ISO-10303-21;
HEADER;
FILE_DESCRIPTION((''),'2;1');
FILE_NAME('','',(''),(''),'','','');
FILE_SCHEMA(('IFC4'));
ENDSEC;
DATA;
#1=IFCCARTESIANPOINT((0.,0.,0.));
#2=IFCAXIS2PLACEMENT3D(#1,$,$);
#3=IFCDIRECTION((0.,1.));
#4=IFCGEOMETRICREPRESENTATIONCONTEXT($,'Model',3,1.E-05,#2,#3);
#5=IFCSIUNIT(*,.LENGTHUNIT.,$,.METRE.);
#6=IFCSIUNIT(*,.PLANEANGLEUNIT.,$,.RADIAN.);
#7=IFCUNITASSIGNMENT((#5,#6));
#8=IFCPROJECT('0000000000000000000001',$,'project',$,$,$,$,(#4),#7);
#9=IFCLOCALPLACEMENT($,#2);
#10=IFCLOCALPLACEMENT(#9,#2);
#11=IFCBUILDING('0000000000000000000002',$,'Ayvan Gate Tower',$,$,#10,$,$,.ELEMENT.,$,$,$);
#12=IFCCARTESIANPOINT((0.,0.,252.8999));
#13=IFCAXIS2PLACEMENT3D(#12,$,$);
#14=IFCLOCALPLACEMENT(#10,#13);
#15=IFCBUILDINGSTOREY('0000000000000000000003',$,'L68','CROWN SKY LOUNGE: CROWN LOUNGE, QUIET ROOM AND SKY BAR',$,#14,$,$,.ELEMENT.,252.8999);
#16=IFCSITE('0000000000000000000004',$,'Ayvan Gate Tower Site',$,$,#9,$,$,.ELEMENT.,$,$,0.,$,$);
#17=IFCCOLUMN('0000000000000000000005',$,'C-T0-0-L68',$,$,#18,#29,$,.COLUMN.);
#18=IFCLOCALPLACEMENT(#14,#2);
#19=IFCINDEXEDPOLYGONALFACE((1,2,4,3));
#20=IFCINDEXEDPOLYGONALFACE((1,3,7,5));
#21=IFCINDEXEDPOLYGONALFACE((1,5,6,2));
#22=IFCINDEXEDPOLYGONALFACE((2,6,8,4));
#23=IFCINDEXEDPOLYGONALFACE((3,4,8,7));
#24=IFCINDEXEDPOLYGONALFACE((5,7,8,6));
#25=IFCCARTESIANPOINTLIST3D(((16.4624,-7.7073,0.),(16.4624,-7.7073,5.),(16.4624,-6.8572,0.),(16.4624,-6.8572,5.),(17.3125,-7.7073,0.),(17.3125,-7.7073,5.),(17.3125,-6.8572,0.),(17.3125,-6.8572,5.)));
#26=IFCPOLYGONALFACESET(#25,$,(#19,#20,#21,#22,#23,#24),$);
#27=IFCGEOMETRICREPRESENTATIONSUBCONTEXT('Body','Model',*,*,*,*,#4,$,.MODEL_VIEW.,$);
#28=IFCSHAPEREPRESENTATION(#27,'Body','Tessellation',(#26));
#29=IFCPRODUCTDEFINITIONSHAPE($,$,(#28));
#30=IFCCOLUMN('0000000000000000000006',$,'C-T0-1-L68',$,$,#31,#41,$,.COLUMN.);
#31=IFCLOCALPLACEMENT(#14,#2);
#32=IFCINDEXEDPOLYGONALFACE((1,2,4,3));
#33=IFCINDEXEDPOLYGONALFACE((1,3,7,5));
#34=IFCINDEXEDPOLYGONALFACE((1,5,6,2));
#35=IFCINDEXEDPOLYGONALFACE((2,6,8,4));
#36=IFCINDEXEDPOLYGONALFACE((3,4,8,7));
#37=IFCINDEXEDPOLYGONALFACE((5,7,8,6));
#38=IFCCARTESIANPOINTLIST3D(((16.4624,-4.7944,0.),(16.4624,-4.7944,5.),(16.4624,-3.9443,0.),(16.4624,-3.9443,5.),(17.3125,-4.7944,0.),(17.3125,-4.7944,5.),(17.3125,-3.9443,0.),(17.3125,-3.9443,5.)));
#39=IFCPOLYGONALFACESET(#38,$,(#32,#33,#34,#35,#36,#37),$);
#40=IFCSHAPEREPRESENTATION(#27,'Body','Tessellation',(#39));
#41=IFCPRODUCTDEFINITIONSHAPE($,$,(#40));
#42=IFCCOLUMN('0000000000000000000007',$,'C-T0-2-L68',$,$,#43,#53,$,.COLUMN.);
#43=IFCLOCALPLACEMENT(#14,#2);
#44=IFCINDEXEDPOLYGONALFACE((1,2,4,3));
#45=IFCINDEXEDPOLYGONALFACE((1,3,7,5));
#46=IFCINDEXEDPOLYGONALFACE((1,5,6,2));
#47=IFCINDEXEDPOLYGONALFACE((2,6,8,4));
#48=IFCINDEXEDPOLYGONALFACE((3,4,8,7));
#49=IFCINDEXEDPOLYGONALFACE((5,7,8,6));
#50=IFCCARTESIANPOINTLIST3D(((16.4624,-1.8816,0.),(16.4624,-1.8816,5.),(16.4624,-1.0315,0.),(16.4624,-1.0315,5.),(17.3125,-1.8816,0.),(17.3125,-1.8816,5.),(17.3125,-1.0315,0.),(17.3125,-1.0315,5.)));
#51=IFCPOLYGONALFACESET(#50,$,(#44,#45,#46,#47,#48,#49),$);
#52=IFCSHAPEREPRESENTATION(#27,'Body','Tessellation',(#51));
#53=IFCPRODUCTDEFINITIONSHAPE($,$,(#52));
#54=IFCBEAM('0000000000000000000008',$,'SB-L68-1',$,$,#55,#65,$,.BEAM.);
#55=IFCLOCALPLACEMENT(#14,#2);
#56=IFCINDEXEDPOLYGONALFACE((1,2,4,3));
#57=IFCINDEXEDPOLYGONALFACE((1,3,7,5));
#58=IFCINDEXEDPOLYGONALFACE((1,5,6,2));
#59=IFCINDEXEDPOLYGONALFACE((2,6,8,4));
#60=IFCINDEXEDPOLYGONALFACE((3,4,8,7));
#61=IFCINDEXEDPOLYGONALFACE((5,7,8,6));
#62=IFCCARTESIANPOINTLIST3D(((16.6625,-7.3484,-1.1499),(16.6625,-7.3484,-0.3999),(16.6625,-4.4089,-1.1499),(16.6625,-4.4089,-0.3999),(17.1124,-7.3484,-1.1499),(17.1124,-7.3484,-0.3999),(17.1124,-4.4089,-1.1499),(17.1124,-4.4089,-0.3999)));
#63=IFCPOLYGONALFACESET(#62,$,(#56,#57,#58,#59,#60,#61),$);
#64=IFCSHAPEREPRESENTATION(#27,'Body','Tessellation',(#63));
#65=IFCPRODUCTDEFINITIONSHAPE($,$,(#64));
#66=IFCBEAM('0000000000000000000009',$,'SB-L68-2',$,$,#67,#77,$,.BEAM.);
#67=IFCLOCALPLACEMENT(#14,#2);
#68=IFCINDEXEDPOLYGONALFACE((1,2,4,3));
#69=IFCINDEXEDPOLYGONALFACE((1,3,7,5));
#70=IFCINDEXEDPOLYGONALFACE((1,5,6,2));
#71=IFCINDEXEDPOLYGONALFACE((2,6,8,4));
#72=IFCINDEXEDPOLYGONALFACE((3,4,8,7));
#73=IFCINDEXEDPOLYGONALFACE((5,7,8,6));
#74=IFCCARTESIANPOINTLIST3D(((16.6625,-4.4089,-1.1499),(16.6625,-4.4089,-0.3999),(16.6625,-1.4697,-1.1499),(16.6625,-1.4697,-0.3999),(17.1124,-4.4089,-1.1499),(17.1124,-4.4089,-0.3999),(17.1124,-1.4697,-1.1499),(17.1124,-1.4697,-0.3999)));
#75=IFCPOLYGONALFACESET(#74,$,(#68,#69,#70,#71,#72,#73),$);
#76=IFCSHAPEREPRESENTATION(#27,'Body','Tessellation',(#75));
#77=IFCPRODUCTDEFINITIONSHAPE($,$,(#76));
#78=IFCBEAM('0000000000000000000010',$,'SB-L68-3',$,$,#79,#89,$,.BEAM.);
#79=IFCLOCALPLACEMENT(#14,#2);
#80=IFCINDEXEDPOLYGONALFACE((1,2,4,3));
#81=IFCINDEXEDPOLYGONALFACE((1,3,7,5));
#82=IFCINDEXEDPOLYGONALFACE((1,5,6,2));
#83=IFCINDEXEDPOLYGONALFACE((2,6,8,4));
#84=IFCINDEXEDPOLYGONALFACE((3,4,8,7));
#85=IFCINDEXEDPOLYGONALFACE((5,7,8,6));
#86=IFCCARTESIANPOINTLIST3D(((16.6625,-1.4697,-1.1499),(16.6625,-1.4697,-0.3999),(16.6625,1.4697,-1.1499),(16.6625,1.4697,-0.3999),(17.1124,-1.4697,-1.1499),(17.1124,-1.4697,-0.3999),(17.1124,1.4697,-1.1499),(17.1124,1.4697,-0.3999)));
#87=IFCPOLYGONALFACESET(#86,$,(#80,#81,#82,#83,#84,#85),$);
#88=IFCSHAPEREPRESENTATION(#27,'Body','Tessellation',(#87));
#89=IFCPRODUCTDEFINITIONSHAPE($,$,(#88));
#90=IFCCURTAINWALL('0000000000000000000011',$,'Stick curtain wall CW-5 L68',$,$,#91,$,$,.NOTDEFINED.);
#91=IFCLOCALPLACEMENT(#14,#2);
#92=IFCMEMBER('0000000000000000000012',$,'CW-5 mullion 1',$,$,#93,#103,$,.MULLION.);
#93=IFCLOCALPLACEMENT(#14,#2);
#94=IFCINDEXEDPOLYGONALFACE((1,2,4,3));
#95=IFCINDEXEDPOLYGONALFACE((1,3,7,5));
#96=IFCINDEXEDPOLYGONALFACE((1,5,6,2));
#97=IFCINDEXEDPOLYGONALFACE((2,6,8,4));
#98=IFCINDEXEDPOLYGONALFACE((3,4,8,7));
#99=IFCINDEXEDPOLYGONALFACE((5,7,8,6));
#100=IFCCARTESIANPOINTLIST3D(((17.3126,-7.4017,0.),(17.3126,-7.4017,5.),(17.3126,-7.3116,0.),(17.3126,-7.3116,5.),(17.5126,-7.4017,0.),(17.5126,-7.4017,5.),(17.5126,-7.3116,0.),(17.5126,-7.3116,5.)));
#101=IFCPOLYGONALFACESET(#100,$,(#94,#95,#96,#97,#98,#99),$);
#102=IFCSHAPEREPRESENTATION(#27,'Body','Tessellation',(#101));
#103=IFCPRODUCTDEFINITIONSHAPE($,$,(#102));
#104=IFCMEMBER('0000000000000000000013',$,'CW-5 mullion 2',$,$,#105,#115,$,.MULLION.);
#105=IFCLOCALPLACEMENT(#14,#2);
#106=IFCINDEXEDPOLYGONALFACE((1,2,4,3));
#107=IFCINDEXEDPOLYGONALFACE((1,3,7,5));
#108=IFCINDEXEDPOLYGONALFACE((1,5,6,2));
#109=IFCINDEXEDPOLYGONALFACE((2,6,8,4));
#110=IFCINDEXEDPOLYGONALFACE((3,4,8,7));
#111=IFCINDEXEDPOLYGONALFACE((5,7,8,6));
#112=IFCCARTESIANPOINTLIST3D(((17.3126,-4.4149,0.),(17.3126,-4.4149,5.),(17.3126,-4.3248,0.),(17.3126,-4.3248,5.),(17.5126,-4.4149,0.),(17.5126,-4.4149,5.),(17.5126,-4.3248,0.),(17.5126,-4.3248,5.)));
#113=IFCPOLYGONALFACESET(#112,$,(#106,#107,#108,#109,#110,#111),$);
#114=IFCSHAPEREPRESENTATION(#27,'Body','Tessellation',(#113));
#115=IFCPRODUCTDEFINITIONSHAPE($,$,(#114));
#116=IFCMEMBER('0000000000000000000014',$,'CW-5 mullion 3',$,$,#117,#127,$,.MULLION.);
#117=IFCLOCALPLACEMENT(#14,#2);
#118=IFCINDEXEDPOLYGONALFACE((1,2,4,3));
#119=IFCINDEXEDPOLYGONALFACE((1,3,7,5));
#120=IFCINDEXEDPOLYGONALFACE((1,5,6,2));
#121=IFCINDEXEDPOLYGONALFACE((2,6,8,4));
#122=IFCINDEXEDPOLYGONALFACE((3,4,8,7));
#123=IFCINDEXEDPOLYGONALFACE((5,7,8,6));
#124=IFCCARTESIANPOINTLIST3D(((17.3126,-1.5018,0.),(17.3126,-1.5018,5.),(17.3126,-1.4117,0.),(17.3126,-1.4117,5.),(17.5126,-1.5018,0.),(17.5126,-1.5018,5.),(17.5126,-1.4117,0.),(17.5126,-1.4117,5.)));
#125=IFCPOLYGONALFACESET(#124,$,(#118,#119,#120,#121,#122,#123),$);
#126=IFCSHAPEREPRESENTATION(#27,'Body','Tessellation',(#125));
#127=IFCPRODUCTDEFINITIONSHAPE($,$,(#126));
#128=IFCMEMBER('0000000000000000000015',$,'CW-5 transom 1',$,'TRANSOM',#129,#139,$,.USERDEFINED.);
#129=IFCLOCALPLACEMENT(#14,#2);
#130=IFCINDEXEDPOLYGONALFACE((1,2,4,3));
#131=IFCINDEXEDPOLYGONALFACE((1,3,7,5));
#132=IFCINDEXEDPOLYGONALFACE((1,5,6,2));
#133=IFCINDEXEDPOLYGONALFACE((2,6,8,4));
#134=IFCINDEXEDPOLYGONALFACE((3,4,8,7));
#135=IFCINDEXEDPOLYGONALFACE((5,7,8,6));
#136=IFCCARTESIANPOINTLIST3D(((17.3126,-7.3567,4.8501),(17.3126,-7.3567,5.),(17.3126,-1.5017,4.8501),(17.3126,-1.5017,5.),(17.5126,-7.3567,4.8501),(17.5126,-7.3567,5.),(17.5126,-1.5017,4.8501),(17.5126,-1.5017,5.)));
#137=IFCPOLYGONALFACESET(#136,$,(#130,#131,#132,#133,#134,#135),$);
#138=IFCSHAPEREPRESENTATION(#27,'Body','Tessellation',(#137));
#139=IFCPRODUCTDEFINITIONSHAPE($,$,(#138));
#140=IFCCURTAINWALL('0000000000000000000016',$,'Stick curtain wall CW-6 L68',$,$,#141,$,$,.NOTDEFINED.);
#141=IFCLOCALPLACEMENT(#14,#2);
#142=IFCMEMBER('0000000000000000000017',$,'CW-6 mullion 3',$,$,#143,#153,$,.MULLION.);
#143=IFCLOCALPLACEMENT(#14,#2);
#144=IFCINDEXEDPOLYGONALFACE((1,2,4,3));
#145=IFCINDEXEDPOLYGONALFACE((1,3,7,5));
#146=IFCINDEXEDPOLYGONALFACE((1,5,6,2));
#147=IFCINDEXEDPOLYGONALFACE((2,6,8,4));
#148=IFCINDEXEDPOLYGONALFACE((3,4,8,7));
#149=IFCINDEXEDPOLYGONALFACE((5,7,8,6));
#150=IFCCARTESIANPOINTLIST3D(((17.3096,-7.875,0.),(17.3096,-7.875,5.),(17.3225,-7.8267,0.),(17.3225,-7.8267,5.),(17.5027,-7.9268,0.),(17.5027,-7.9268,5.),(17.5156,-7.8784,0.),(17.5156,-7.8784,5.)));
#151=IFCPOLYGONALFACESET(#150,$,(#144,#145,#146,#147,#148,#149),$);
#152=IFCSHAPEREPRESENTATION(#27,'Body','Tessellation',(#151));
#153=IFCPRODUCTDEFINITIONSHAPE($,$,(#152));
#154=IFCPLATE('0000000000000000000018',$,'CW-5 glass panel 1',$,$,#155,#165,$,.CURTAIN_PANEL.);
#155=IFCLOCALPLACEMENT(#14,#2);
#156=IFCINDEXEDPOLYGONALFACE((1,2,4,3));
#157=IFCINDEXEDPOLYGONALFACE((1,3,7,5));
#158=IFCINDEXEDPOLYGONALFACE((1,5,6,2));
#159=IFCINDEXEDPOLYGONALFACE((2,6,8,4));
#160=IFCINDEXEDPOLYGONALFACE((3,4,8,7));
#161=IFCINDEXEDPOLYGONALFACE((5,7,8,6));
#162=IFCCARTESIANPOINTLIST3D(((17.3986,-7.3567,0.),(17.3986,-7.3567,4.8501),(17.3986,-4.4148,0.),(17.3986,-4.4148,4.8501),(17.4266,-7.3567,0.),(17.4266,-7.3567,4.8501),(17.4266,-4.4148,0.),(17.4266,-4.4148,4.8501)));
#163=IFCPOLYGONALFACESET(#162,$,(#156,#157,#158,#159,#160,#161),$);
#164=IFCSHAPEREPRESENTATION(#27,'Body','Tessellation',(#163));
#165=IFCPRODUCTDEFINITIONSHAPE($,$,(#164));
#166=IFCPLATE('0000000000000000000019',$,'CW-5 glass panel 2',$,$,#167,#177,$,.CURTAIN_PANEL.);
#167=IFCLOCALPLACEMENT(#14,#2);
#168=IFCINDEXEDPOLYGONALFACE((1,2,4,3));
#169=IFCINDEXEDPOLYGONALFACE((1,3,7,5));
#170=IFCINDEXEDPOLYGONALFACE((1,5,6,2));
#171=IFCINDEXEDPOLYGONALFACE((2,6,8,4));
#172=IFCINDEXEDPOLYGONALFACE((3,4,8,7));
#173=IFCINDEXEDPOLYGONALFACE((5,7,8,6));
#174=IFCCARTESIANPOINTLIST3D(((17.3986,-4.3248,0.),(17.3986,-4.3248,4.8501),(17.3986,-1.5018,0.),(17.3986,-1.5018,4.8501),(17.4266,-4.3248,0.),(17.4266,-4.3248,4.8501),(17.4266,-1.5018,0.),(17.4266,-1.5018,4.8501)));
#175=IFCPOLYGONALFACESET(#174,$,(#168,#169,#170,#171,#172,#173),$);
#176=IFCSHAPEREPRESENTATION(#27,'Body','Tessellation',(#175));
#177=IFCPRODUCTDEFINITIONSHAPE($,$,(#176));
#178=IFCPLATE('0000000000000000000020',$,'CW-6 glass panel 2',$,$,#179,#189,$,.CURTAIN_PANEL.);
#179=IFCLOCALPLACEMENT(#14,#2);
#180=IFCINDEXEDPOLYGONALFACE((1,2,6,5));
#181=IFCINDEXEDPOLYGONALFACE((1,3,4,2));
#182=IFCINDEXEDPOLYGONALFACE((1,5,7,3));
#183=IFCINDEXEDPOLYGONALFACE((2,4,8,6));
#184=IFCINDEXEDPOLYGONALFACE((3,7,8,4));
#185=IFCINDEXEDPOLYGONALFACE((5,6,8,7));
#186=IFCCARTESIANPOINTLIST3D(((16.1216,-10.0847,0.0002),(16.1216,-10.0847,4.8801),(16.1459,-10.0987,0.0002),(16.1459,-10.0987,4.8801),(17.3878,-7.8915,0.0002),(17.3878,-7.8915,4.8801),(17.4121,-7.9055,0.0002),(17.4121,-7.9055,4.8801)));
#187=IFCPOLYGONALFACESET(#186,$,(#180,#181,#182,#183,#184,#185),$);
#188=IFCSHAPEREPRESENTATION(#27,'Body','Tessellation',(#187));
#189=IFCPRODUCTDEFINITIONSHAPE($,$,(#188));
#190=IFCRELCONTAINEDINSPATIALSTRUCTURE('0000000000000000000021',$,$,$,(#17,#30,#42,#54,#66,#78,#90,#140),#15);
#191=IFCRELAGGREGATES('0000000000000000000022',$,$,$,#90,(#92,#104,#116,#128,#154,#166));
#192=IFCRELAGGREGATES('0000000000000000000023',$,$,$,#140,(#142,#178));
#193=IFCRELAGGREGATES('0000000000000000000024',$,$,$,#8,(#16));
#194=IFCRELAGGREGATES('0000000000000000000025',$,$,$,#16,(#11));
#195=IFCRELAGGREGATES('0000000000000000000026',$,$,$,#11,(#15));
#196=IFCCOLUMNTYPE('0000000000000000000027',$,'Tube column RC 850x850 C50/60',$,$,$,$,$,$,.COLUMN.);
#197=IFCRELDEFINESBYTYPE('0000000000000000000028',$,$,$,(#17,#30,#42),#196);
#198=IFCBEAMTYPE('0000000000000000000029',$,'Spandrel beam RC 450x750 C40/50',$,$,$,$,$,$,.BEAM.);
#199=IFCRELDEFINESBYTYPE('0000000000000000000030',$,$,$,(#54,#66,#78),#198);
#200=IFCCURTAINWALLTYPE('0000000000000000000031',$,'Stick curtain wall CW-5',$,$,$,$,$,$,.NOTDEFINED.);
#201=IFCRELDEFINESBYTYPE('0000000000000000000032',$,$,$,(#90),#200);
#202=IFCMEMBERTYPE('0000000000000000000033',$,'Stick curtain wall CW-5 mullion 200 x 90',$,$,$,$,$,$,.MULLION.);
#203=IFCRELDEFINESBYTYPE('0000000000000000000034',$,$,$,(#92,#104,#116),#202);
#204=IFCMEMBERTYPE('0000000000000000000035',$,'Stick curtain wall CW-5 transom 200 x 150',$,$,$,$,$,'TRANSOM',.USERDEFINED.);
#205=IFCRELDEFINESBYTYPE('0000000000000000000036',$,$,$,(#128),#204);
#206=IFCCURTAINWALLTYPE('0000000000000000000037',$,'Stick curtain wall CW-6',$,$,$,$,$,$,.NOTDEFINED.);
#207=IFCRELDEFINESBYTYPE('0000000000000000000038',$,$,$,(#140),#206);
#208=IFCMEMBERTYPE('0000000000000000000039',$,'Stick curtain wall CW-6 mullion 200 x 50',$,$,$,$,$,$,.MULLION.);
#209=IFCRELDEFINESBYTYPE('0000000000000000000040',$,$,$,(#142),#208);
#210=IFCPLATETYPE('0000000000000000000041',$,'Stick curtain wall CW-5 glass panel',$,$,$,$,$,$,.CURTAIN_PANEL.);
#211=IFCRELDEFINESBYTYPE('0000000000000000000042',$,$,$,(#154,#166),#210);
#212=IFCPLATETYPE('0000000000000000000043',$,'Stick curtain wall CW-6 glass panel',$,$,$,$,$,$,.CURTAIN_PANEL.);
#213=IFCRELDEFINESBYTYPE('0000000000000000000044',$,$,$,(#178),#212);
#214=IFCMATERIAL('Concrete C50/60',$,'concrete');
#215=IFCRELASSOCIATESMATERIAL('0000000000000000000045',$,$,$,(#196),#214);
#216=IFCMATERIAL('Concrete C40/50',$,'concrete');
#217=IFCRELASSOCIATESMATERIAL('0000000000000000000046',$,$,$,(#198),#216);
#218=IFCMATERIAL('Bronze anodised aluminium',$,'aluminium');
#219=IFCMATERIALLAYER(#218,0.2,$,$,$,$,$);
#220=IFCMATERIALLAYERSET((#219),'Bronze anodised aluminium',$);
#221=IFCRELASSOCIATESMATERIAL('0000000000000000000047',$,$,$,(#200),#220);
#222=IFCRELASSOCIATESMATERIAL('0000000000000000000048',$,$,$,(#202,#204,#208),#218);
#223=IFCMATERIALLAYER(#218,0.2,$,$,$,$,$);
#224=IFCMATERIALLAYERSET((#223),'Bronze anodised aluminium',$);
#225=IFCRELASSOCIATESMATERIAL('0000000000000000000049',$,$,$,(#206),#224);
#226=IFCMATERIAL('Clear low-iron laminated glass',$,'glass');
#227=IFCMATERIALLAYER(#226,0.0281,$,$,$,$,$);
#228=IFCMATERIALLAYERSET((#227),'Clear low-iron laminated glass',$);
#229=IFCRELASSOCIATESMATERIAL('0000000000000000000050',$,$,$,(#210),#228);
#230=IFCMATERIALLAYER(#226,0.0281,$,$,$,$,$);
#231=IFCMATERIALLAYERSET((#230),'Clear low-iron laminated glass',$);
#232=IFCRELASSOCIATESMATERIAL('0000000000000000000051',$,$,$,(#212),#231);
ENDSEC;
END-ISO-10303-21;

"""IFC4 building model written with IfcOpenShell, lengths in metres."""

from ifc_helpers import new_model, si_unit, direction, frame, origin, origin_2d, place, context, subcontext, project, spatial, rectangle, extrude, material, layer, layer_set, material_profile, profile_set, type_object, element, aggregate, save


model = new_model("IFC4")

# Units and contexts
model_context = context("Model", 3, precision=1e-05, world=origin(), true_north=direction((0.0, 1.0)))
body_context = subcontext(model_context, "Body", "Model", "MODEL_VIEW")
ifc_project = project(units=[si_unit("LENGTHUNIT", "METRE"), si_unit("PLANEANGLEUNIT", "RADIAN")], contexts=[model_context])

# Site, building, storey
site_placement = place(None, origin())
site = spatial("IfcSite", under=ifc_project, at=site_placement, Name="Ayvan Gate Tower Site", CompositionType="ELEMENT", RefElevation=0.0)
building_placement = place(site_placement, origin())
building = spatial("IfcBuilding", under=site, at=building_placement, Name="Ayvan Gate Tower", CompositionType="ELEMENT")
storey_placement = place(building_placement, frame((0.0, 0.0, 252.8999)))
storey = spatial("IfcBuildingStorey", under=building, at=storey_placement, Name="L68", Description="CROWN SKY LOUNGE: CROWN LOUNGE, QUIET ROOM AND SKY BAR", CompositionType="ELEMENT", Elevation=252.8999)

# Columns
ifc_material_1 = material(Name="Concrete C50/60", Category="concrete")
ifc_material_profile_1 = material_profile(ifc_material_1, rectangle(XDim=0.8501, YDim=0.8501, at=origin_2d()), Name="RC 850x850")
ifc_profile_set_1 = profile_set([ifc_material_profile_1], Name="Concrete C50/60")
column_type = type_object("IfcColumnType", Name="Tube column RC 850x850 C50/60", PredefinedType="COLUMN", material=ifc_profile_set_1)
for number, where, z_axis, x_axis, name in (
    (1, (16.8875, -7.2822, 0.0), (0.0, 0.0, 1.0), (1.0, 0.0, 0.0), "C-T0-0-L68"),
    (2, (16.8875, -4.3694, 0.0), (0.0, 0.0, 1.0), (1.0, 0.0, 0.0), "C-T0-1-L68"),
    (3, (16.8875, -1.4565, 0.0), (0.0, 0.0, 1.0), (1.0, 0.0, 0.0), "C-T0-2-L68"),
):
    element("IfcColumn", number, at=place(storey_placement, frame(where, z_axis=z_axis, x_axis=x_axis)), inside=storey, type_object=column_type, Name=name, PredefinedType="COLUMN", context=body_context, shape_type="SweptSolid", body=[
        extrude(rectangle(XDim=0.8501, YDim=0.8501, at=origin_2d()), origin(), (0.0, 0.0, 1.0), 5.0),
    ])

# Beams
ifc_material_2 = material(Name="Concrete C40/50", Category="concrete")
ifc_material_profile_2 = material_profile(ifc_material_2, rectangle(XDim=0.45, YDim=0.75, at=origin_2d()), Name="RC 450x750")
ifc_profile_set_2 = profile_set([ifc_material_profile_2], Name="Concrete C40/50")
beam_type = type_object("IfcBeamType", Name="Spandrel beam RC 450x750 C40/50", PredefinedType="BEAM", material=ifc_profile_set_2)
beam_1_placement = place(storey_placement, frame((16.8875, -7.3484, -0.7749), z_axis=(0.0, 1.0, 0.0), x_axis=(-1.0, 0.0, 0.0)))
element("IfcBeam", 4, at=beam_1_placement, inside=storey, type_object=beam_type, Name="SB-L68-1", PredefinedType="BEAM", context=body_context, shape_type="SweptSolid", body=[
    extrude(rectangle(XDim=0.45, YDim=0.75, at=origin_2d()), origin(), (0.0, 0.0, 1.0), 2.9395),
])
beam_2_placement = place(storey_placement, frame((16.8875, -4.4089, -0.7749), z_axis=(0.0, 1.0, 0.0), x_axis=(-1.0, 0.0, 0.0)))
element("IfcBeam", 5, at=beam_2_placement, inside=storey, type_object=beam_type, Name="SB-L68-2", PredefinedType="BEAM", context=body_context, shape_type="SweptSolid", body=[
    extrude(rectangle(XDim=0.45, YDim=0.75, at=origin_2d()), origin(), (0.0, 0.0, 1.0), 2.9392),
])
beam_3_placement = place(storey_placement, frame((16.8875, -1.4697, -0.7749), z_axis=(0.0, 1.0, 0.0), x_axis=(-1.0, 0.0, 0.0)))
element("IfcBeam", 6, at=beam_3_placement, inside=storey, type_object=beam_type, Name="SB-L68-3", PredefinedType="BEAM", context=body_context, shape_type="SweptSolid", body=[
    extrude(rectangle(XDim=0.45, YDim=0.75, at=origin_2d()), origin(), (0.0, 0.0, 1.0), 2.9395),
])

# Curtain wall, members
ifc_material_3 = material(Name="Bronze anodised aluminium", Category="aluminium")
ifc_layer_1 = layer(ifc_material_3, 0.2)
ifc_layer_set_1 = layer_set([ifc_layer_1], Name="Bronze anodised aluminium")
curtain_wall_type_1 = type_object("IfcCurtainWallType", Name="Stick curtain wall CW-5", PredefinedType="NOTDEFINED", material=ifc_layer_set_1)
curtain_wall_1_placement = place(storey_placement, origin())
curtain_wall_1 = element("IfcCurtainWall", 7, at=curtain_wall_1_placement, inside=storey, type_object=curtain_wall_type_1, Name="Stick curtain wall CW-5 L68", PredefinedType="NOTDEFINED")
ifc_material_profile_3 = material_profile(ifc_material_3, rectangle(XDim=0.2, YDim=0.0901, at=origin_2d()), Name="Stick curtain wall CW-5 mullion 200 x 90")
ifc_profile_set_3 = profile_set([ifc_material_profile_3], Name="Bronze anodised aluminium")
member_type_1 = type_object("IfcMemberType", Name="Stick curtain wall CW-5 mullion 200 x 90", PredefinedType="MULLION", material=ifc_profile_set_3)
member_1_placement = place(storey_placement, frame((17.4126, -7.3567, 0.0), z_axis=(0.0, 0.0, 1.0), x_axis=(1.0, 0.0, 0.0)))
member_1 = element("IfcMember", 8, at=member_1_placement, type_object=member_type_1, Name="CW-5 mullion 1", PredefinedType="MULLION", context=body_context, shape_type="SweptSolid", body=[
    extrude(rectangle(XDim=0.2, YDim=0.0901, at=origin_2d()), origin(), (0.0, 0.0, 1.0), 5.0),
])
member_2_placement = place(storey_placement, frame((17.4126, -4.3699, 0.0), z_axis=(0.0, 0.0, 1.0), x_axis=(1.0, 0.0, 0.0)))
member_2 = element("IfcMember", 9, at=member_2_placement, type_object=member_type_1, Name="CW-5 mullion 2", PredefinedType="MULLION", context=body_context, shape_type="SweptSolid", body=[
    extrude(rectangle(XDim=0.2, YDim=0.0901, at=origin_2d()), origin(), (0.0, 0.0, 1.0), 5.0),
])
member_3_placement = place(storey_placement, frame((17.4126, -1.4568, 0.0), z_axis=(0.0, 0.0, 1.0), x_axis=(1.0, 0.0, 0.0)))
member_3 = element("IfcMember", 10, at=member_3_placement, type_object=member_type_1, Name="CW-5 mullion 3", PredefinedType="MULLION", context=body_context, shape_type="SweptSolid", body=[
    extrude(rectangle(XDim=0.2, YDim=0.0901, at=origin_2d()), origin(), (0.0, 0.0, 1.0), 5.0),
])
ifc_material_profile_4 = material_profile(ifc_material_3, rectangle(XDim=0.2, YDim=0.1499, at=origin_2d()), Name="Stick curtain wall CW-5 transom 200 x 150")
ifc_profile_set_4 = profile_set([ifc_material_profile_4], Name="Bronze anodised aluminium")
member_type_2 = type_object("IfcMemberType", Name="Stick curtain wall CW-5 transom 200 x 150", ElementType="TRANSOM", PredefinedType="USERDEFINED", material=ifc_profile_set_4)
member_4_placement = place(storey_placement, frame((17.4126, -7.3567, 4.925), z_axis=(0.0, 1.0, 0.0), x_axis=(-1.0, 0.0, 0.0)))
member_4 = element("IfcMember", 11, at=member_4_placement, type_object=member_type_2, Name="CW-5 transom 1", ObjectType="TRANSOM", PredefinedType="USERDEFINED", context=body_context, shape_type="SweptSolid", body=[
    extrude(rectangle(XDim=0.2, YDim=0.1499, at=origin_2d()), origin(), (0.0, 0.0, 1.0), 5.855),
])

# Curtain wall, member
ifc_layer_2 = layer(ifc_material_3, 0.2)
ifc_layer_set_2 = layer_set([ifc_layer_2], Name="Bronze anodised aluminium")
curtain_wall_type_2 = type_object("IfcCurtainWallType", Name="Stick curtain wall CW-6", PredefinedType="NOTDEFINED", material=ifc_layer_set_2)
curtain_wall_2_placement = place(storey_placement, origin())
curtain_wall_2 = element("IfcCurtainWall", 12, at=curtain_wall_2_placement, inside=storey, type_object=curtain_wall_type_2, Name="Stick curtain wall CW-6 L68", PredefinedType="NOTDEFINED")
ifc_material_profile_5 = material_profile(ifc_material_3, rectangle(XDim=0.2, YDim=0.05, at=origin_2d()), Name="Stick curtain wall CW-6 mullion 200 x 50")
ifc_profile_set_5 = profile_set([ifc_material_profile_5], Name="Bronze anodised aluminium")
member_type_3 = type_object("IfcMemberType", Name="Stick curtain wall CW-6 mullion 200 x 50", PredefinedType="MULLION", material=ifc_profile_set_5)
member_5_placement = place(storey_placement, frame((17.4126, -7.8767, 0.0), z_axis=(0.0, 0.0, 1.0), x_axis=(0.965926, -0.258819, 0.0)))
member_5 = element("IfcMember", 13, at=member_5_placement, type_object=member_type_3, Name="CW-6 mullion 3", PredefinedType="MULLION", context=body_context, shape_type="SweptSolid", body=[
    extrude(rectangle(XDim=0.2, YDim=0.05, at=origin_2d()), origin(), (0.0, 0.0, 1.0), 5.0),
])

# Plates
ifc_material_4 = material(Name="Clear low-iron laminated glass", Category="glass")
ifc_layer_3 = layer(ifc_material_4, 0.0281)
ifc_layer_set_3 = layer_set([ifc_layer_3], Name="Clear low-iron laminated glass")
plate_type_1 = type_object("IfcPlateType", Name="Stick curtain wall CW-5 glass panel", PredefinedType="CURTAIN_PANEL", material=ifc_layer_set_3)
plate_1_placement = place(storey_placement, frame((17.4126, -5.8857, 0.0), z_axis=(0.0, 0.0, 1.0), x_axis=(0.0, 1.0, 0.0)))
plate_1 = element("IfcPlate", 14, at=plate_1_placement, type_object=plate_type_1, Name="CW-5 glass panel 1", PredefinedType="CURTAIN_PANEL", context=body_context, shape_type="SweptSolid", body=[
    extrude(rectangle(XDim=2.9419, YDim=0.0281, at=origin_2d()), origin(), (0.0, 0.0, 1.0), 4.8501),
])
plate_2_placement = place(storey_placement, frame((17.4126, -2.9133, 0.0), z_axis=(0.0, 0.0, 1.0), x_axis=(0.0, 1.0, 0.0)))
plate_2 = element("IfcPlate", 15, at=plate_2_placement, type_object=plate_type_1, Name="CW-5 glass panel 2", PredefinedType="CURTAIN_PANEL", context=body_context, shape_type="SweptSolid", body=[
    extrude(rectangle(XDim=2.823, YDim=0.0281, at=origin_2d()), origin(), (0.0, 0.0, 1.0), 4.8501),
])
aggregate(curtain_wall_1, [member_1, member_2, member_3, member_4, plate_1, plate_2])
ifc_layer_4 = layer(ifc_material_4, 0.0281)
ifc_layer_set_4 = layer_set([ifc_layer_4], Name="Clear low-iron laminated glass")
plate_type_2 = type_object("IfcPlateType", Name="Stick curtain wall CW-6 glass panel", PredefinedType="CURTAIN_PANEL", material=ifc_layer_set_4)
plate_3_placement = place(storey_placement, frame((16.7668, -8.9951, 0.0002), z_axis=(0.0, 0.0, 1.0), x_axis=(0.5, 0.866025, 0.0)))
plate_3 = element("IfcPlate", 16, at=plate_3_placement, type_object=plate_type_2, Name="CW-6 glass panel 2", PredefinedType="CURTAIN_PANEL", context=body_context, shape_type="SweptSolid", body=[
    extrude(rectangle(XDim=2.5325, YDim=0.0281, at=origin_2d()), origin(), (0.0, 0.0, 1.0), 4.8799),
])
aggregate(curtain_wall_2, [member_5, plate_3])

save(model, "model.ifc")
